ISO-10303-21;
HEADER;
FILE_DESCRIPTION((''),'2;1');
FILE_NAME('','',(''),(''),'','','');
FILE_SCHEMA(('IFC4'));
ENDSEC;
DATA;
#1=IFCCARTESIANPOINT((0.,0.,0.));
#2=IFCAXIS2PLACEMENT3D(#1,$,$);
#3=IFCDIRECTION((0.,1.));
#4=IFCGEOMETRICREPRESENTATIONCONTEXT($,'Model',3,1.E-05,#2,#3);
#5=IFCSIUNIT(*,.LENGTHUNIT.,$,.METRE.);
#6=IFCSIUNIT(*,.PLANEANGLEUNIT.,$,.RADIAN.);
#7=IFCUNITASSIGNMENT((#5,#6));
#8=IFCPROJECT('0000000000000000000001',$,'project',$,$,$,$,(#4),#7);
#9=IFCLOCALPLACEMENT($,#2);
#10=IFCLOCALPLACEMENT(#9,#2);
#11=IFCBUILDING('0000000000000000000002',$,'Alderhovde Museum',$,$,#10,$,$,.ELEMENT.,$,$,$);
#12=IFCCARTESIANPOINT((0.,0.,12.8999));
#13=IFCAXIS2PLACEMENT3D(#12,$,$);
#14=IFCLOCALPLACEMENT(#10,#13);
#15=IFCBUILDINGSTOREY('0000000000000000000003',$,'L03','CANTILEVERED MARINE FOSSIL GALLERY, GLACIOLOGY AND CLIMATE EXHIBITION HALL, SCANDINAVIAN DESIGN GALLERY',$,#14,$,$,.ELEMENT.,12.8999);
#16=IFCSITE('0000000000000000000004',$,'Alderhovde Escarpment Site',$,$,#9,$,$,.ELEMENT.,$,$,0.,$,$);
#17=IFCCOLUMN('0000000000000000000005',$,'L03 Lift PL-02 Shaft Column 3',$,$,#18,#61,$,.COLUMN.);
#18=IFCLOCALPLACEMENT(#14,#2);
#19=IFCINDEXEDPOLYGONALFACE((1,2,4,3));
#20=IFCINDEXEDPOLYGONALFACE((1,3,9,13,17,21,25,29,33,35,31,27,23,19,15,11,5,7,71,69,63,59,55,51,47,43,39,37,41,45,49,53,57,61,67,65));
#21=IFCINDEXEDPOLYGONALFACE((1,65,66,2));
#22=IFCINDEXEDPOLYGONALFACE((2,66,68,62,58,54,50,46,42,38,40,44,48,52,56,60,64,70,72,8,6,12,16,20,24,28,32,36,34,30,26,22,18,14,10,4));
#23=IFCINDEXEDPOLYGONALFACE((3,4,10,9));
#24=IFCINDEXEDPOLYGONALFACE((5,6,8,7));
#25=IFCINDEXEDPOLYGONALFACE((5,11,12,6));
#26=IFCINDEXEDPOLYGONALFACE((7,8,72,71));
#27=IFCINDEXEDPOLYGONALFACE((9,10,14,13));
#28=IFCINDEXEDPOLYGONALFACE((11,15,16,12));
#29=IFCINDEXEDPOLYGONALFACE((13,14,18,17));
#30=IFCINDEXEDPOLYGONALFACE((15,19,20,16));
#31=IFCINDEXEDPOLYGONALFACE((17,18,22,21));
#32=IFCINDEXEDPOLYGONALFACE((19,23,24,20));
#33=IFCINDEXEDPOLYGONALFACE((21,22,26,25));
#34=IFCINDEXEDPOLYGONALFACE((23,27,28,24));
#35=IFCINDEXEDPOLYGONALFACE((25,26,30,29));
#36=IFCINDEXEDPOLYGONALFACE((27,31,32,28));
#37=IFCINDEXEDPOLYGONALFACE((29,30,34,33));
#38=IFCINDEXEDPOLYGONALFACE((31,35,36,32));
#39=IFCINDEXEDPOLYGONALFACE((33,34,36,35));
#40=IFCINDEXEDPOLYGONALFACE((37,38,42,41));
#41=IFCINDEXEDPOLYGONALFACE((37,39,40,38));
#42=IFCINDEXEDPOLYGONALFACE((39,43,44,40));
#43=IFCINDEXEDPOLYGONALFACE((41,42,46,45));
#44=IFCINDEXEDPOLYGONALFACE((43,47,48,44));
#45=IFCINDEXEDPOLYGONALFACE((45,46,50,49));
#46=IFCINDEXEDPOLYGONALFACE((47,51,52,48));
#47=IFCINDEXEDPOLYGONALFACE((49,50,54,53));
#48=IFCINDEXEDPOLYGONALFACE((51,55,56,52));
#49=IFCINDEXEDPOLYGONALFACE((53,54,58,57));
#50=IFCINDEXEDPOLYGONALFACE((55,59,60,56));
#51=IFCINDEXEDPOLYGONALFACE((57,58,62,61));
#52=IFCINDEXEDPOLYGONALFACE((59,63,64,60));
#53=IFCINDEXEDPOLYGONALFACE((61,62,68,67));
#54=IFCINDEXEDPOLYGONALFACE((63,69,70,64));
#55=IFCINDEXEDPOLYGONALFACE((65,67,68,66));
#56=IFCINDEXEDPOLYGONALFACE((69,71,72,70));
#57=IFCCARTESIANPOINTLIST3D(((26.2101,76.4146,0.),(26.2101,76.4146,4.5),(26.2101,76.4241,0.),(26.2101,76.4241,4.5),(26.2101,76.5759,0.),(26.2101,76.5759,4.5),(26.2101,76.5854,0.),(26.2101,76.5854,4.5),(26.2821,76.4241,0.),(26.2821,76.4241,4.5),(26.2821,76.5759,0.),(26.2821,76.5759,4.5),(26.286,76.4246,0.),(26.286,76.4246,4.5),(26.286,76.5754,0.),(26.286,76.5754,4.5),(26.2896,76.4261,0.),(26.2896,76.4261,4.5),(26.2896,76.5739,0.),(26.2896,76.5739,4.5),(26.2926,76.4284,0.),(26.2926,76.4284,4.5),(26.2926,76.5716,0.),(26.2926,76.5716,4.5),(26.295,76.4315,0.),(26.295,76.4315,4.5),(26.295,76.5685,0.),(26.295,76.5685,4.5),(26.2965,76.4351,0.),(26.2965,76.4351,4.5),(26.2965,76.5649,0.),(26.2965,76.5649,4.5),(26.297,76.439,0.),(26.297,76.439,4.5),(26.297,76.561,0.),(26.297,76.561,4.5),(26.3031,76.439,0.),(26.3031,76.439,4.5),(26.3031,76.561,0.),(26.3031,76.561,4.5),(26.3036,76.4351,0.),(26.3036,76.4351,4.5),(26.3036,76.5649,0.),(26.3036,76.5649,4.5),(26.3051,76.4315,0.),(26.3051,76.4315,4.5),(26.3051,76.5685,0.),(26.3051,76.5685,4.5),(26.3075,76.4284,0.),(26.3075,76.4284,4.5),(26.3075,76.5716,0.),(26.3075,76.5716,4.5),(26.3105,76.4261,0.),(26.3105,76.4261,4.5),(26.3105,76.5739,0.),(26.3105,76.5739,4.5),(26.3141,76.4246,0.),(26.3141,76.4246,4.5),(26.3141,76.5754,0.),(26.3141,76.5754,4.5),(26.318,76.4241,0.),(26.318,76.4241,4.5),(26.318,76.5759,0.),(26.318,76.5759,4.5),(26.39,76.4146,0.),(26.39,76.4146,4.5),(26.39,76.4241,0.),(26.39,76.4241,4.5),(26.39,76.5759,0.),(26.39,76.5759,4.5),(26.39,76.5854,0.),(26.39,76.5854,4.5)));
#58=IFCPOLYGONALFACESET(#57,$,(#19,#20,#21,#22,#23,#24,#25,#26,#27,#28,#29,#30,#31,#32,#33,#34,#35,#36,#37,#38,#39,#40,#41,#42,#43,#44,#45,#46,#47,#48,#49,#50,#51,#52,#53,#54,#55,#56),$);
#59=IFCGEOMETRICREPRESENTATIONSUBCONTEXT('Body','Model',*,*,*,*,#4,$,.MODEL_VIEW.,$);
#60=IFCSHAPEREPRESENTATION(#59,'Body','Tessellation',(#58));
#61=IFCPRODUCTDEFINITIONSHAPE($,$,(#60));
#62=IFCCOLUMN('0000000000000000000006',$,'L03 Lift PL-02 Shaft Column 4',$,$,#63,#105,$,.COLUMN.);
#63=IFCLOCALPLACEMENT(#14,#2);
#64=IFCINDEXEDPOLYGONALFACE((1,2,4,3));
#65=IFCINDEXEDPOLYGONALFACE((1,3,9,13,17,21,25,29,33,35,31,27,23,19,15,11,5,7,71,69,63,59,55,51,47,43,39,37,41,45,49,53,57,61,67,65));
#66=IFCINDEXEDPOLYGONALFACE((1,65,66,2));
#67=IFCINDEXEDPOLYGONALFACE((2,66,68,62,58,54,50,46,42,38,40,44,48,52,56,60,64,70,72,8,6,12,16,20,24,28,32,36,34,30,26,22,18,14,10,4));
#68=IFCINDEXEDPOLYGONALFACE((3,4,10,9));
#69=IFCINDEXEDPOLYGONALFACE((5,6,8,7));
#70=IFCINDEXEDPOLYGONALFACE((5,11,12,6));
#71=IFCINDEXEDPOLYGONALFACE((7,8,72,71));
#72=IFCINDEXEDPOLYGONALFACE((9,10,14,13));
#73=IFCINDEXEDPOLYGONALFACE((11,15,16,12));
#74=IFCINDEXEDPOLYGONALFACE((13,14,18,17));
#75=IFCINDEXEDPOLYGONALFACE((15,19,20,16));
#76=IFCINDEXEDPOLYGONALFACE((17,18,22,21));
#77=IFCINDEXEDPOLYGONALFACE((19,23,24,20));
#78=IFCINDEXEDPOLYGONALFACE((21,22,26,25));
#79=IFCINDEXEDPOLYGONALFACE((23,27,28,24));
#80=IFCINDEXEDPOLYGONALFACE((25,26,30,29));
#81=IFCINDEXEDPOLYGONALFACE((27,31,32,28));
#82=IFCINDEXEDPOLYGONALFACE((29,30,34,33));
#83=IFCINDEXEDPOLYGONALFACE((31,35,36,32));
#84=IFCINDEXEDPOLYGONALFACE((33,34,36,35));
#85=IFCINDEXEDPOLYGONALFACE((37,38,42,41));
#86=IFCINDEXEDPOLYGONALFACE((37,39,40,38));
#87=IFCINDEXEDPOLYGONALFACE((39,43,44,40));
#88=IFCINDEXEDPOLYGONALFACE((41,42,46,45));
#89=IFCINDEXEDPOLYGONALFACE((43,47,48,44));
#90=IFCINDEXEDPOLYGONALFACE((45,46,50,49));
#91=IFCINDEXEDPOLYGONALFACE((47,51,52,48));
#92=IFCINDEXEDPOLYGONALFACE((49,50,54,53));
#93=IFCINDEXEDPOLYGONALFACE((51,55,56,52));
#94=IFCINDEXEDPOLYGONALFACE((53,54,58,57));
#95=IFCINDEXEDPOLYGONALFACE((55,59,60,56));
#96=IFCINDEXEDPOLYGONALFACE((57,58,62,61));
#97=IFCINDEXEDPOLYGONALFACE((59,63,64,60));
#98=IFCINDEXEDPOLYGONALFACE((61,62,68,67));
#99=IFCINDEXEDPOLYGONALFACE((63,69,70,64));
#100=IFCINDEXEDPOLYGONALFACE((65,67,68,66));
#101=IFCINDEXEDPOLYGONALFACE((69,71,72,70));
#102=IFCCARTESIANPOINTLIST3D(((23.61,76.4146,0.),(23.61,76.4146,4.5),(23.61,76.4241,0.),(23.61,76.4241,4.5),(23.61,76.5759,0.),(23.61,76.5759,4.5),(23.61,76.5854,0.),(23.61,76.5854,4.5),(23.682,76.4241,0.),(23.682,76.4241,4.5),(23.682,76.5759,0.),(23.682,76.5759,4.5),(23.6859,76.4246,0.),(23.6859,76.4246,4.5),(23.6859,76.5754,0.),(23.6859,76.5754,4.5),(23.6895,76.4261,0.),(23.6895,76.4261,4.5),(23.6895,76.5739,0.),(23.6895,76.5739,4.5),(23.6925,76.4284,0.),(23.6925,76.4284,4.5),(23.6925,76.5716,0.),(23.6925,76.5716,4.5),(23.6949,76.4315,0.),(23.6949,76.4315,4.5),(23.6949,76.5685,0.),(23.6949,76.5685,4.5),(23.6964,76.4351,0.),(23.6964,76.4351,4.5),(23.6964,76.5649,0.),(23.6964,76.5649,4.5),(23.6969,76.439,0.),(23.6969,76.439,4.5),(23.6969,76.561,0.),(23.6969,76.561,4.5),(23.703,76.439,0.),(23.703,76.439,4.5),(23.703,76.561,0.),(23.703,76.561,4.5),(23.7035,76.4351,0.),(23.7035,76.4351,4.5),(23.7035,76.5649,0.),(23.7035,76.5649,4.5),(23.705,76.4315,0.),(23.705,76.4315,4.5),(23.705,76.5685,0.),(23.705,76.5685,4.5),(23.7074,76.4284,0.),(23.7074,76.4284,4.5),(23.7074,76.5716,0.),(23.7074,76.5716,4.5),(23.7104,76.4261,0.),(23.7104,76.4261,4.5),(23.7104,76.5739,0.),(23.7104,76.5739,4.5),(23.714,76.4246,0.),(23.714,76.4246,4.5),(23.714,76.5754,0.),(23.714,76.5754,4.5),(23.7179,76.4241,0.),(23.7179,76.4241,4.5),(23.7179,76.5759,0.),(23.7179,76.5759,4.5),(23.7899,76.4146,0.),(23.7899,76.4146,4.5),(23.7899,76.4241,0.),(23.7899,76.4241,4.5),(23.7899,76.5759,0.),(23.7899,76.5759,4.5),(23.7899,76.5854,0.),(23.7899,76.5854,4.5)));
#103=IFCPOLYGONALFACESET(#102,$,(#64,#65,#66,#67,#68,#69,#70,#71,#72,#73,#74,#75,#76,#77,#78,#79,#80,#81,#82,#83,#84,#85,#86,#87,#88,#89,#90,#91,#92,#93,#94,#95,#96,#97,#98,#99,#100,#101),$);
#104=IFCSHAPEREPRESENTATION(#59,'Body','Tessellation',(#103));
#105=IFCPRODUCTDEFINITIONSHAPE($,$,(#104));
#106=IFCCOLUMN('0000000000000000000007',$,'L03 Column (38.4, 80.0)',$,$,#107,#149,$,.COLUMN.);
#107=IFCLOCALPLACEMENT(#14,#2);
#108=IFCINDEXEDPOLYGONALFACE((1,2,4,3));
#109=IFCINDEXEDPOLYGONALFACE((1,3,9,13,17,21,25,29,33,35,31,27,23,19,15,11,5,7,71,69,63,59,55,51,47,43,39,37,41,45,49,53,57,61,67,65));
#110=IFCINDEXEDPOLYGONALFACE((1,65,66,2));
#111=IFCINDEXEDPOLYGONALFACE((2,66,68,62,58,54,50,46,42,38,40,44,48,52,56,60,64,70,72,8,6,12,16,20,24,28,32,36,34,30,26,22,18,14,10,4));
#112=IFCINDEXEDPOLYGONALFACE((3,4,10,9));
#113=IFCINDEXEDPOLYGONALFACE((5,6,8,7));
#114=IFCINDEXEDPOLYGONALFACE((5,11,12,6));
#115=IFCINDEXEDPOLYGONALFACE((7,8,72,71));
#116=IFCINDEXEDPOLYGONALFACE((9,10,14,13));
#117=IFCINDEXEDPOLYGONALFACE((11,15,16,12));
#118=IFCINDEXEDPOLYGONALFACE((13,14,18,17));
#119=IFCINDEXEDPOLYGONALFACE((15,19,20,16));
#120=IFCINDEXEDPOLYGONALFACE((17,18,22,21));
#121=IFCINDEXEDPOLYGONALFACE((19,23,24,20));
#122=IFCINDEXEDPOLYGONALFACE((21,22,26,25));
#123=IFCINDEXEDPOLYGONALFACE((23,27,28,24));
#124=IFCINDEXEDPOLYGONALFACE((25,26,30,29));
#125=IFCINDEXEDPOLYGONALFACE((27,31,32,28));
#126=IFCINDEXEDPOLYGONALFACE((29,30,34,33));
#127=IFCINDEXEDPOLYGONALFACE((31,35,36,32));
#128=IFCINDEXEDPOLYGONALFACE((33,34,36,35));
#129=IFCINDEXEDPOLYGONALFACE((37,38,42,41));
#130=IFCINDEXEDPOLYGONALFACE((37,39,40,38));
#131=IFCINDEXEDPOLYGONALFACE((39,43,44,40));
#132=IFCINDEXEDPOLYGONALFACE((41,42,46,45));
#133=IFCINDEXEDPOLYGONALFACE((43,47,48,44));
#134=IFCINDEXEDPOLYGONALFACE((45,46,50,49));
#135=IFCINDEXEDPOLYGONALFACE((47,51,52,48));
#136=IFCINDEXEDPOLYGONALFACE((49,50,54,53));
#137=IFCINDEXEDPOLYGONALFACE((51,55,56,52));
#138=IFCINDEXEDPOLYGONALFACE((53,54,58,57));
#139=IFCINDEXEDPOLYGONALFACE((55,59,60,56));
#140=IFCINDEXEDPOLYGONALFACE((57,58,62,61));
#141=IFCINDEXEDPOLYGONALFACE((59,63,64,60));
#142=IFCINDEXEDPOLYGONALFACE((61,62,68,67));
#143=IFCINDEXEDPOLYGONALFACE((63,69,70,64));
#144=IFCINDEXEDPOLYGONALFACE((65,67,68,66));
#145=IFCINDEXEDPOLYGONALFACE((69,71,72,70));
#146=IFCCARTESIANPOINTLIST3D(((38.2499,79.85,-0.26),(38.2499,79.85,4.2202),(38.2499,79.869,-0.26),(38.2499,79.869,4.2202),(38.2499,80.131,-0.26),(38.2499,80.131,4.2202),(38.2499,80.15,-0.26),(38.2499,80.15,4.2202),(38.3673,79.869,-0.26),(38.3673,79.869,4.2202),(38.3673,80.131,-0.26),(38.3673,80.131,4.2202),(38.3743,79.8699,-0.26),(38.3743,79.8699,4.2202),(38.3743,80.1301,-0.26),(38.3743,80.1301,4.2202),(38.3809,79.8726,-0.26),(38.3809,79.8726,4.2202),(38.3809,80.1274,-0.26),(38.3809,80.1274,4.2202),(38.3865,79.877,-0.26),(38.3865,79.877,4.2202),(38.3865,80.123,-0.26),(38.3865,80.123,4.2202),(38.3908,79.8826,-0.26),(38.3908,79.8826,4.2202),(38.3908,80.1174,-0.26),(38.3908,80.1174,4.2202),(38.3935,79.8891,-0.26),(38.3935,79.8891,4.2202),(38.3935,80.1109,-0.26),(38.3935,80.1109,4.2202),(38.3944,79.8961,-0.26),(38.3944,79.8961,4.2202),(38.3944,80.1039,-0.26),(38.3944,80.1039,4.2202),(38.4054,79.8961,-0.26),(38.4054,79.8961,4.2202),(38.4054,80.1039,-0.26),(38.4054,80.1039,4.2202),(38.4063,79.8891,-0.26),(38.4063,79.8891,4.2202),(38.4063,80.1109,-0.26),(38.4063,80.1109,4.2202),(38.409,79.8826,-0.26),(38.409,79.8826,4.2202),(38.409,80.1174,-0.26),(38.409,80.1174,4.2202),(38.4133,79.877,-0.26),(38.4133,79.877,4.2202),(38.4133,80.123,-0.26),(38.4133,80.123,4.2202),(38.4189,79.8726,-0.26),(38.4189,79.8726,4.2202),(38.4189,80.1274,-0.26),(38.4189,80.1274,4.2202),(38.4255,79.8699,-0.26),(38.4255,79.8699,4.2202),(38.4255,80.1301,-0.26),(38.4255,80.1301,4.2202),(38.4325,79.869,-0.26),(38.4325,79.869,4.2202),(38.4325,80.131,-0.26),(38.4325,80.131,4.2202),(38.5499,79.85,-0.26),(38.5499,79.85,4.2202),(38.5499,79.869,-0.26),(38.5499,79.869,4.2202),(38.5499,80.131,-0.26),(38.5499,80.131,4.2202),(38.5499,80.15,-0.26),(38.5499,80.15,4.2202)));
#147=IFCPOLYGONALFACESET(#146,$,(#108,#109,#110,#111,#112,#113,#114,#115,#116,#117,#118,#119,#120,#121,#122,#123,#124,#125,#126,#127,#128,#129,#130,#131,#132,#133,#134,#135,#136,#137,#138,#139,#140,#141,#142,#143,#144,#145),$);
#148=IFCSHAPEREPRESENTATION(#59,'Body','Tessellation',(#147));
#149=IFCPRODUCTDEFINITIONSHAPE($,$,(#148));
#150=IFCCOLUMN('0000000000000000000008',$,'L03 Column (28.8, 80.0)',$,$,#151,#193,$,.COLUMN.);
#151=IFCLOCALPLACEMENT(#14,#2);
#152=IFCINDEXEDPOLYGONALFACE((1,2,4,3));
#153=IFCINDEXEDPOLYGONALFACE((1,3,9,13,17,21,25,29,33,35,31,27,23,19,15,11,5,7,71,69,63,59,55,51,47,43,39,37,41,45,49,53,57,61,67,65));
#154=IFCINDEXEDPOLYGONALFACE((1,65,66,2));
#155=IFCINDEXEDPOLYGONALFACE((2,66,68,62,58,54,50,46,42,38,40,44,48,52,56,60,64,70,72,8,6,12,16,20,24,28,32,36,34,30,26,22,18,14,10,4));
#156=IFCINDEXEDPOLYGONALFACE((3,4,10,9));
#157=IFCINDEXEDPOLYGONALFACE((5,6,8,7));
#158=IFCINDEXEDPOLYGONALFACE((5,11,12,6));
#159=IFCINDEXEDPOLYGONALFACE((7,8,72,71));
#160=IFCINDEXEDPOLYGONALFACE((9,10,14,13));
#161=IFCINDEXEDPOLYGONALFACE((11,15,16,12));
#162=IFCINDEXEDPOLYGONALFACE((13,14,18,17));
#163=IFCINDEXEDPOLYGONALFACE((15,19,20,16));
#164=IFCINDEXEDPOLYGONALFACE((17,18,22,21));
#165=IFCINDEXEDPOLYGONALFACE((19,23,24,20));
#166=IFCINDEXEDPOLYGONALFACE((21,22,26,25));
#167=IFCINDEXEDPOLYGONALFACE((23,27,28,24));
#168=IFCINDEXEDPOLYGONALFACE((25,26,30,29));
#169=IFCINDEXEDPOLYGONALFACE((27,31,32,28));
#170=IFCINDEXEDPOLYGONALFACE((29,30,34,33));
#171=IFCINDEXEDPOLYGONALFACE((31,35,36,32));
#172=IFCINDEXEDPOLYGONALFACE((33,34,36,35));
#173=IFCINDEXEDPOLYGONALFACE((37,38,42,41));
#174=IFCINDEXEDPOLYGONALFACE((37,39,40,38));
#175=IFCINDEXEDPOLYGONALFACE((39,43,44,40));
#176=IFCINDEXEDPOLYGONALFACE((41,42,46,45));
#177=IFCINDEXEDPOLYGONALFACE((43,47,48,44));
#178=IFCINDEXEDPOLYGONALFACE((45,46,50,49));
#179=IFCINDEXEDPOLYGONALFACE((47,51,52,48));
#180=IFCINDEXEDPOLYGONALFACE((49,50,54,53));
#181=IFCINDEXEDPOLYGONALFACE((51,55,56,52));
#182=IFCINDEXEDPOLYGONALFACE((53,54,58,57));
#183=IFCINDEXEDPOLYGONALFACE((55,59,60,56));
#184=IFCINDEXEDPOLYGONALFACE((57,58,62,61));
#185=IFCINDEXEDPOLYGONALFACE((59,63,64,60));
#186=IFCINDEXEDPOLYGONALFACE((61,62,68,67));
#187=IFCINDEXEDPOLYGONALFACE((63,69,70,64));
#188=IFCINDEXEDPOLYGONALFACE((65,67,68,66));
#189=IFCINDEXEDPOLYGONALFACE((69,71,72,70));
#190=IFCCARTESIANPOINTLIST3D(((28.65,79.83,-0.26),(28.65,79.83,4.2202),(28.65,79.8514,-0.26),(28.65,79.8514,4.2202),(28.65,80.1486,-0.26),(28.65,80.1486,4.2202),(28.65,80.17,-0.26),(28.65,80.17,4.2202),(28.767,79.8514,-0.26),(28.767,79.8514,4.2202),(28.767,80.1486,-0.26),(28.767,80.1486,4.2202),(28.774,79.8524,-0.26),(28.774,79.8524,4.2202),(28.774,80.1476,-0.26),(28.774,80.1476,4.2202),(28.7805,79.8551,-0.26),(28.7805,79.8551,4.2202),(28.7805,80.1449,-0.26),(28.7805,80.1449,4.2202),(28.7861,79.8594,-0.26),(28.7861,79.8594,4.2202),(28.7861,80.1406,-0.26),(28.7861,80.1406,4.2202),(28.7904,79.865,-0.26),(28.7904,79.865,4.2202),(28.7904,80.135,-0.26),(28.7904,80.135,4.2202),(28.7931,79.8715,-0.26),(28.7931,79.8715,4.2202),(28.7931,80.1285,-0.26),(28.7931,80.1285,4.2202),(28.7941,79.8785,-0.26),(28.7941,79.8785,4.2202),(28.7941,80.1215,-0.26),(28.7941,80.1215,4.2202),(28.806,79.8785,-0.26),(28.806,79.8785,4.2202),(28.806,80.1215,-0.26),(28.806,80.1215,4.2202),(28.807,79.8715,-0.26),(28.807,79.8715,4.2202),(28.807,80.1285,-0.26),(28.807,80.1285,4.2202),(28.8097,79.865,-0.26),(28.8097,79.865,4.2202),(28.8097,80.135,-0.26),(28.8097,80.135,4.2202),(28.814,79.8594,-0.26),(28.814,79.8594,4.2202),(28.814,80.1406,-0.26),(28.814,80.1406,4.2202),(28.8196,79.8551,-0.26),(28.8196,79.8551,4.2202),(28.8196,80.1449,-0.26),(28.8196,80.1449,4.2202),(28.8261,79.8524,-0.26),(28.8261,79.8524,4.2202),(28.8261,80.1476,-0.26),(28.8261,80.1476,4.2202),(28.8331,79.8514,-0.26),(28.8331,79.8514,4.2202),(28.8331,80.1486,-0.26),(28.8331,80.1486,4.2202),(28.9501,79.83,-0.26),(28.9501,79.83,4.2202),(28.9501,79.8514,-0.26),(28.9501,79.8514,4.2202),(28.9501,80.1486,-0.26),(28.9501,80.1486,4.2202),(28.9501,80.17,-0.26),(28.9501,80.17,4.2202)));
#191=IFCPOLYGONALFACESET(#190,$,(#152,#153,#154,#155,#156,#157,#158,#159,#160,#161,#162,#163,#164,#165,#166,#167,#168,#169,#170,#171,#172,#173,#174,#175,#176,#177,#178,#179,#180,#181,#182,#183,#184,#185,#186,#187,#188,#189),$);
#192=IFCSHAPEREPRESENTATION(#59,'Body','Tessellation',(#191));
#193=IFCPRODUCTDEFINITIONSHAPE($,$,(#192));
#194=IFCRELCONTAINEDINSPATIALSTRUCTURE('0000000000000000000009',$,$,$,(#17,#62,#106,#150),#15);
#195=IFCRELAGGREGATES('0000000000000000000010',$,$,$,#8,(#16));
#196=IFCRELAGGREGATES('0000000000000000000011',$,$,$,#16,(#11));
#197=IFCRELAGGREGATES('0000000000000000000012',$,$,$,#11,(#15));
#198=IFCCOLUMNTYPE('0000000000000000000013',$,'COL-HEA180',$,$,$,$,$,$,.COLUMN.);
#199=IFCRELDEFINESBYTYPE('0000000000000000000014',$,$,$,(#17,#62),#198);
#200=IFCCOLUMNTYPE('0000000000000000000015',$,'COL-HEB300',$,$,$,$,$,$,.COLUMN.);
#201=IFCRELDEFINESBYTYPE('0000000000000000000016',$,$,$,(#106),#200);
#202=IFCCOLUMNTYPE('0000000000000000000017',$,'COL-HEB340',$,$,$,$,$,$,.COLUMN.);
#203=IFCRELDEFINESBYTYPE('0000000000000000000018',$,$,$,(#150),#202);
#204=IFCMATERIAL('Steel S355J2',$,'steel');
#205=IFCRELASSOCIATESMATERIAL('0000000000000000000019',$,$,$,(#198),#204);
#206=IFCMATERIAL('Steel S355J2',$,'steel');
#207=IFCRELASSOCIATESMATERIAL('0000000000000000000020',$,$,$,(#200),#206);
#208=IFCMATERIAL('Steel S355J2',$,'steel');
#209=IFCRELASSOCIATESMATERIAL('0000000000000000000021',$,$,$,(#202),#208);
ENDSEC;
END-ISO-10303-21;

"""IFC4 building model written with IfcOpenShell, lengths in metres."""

from ifc_helpers import new_model, si_unit, direction, frame, origin, origin_2d, place, context, subcontext, project, spatial, i_section, extrude, material, material_profile, profile_set, type_object, element, save


model = new_model("IFC4")

# Units and contexts
model_context = context("Model", 3, precision=1e-05, world=origin(), true_north=direction((0.0, 1.0)))
body_context = subcontext(model_context, "Body", "Model", "MODEL_VIEW")
ifc_project = project(units=[si_unit("LENGTHUNIT", "METRE"), si_unit("PLANEANGLEUNIT", "RADIAN")], contexts=[model_context])

# Site, building, storey
site_placement = place(None, origin())
site = spatial("IfcSite", under=ifc_project, at=site_placement, Name="Alderhovde Escarpment Site", CompositionType="ELEMENT", RefElevation=0.0)
building_placement = place(site_placement, origin())
building = spatial("IfcBuilding", under=site, at=building_placement, Name="Alderhovde Museum", CompositionType="ELEMENT")
storey_placement = place(building_placement, frame((0.0, 0.0, 12.8999)))
storey = spatial("IfcBuildingStorey", under=building, at=storey_placement, Name="L03", Description="CANTILEVERED MARINE FOSSIL GALLERY, GLACIOLOGY AND CLIMATE EXHIBITION HALL, SCANDINAVIAN DESIGN GALLERY", CompositionType="ELEMENT", Elevation=12.8999)

# Columns
ifc_material_1 = material(Name="Steel S355J2", Category="steel")
ifc_material_profile_1 = material_profile(ifc_material_1, i_section(OverallWidth=0.1799, OverallDepth=0.1709, WebThickness=0.0061, FlangeThickness=0.0095, FilletRadius=0.0149, at=origin_2d()), Name="HEA 180")
ifc_profile_set_1 = profile_set([ifc_material_profile_1], Name="Steel S355J2")
column_type_1 = type_object("IfcColumnType", Name="COL-HEA180", PredefinedType="COLUMN", material=ifc_profile_set_1)
for number, where, z_axis, x_axis, name in (
    (1, (26.3, 76.5, 0.0), (0.0, 0.0, 1.0), (1.0, 0.0, 0.0), "L03 Lift PL-02 Shaft Column 3"),
    (2, (23.7, 76.5, 0.0), (0.0, 0.0, 1.0), (1.0, 0.0, 0.0), "L03 Lift PL-02 Shaft Column 4"),
):
    element("IfcColumn", number, at=place(storey_placement, frame(where, z_axis=z_axis, x_axis=x_axis)), inside=storey, type_object=column_type_1, Name=name, PredefinedType="COLUMN", context=body_context, shape_type="SweptSolid", body=[
        extrude(i_section(OverallWidth=0.1799, OverallDepth=0.1709, WebThickness=0.0061, FlangeThickness=0.0095, FilletRadius=0.0149, at=origin_2d()), origin(), (0.0, 0.0, 1.0), 4.5),
    ])
ifc_material_2 = material(Name="Steel S355J2", Category="steel")
ifc_material_profile_2 = material_profile(ifc_material_2, i_section(OverallWidth=0.3, OverallDepth=0.3, WebThickness=0.011, FlangeThickness=0.019, FilletRadius=0.0271, at=origin_2d()), Name="HEB 300")
ifc_profile_set_2 = profile_set([ifc_material_profile_2], Name="Steel S355J2")
column_type_2 = type_object("IfcColumnType", Name="COL-HEB300", PredefinedType="COLUMN", material=ifc_profile_set_2)
column_1_placement = place(storey_placement, frame((38.3999, 80.0, -0.26), z_axis=(0.0, 0.0, 1.0), x_axis=(1.0, 0.0, 0.0)))
element("IfcColumn", 3, at=column_1_placement, inside=storey, type_object=column_type_2, Name="L03 Column (38.4, 80.0)", PredefinedType="COLUMN", context=body_context, shape_type="SweptSolid", body=[
    extrude(i_section(OverallWidth=0.3, OverallDepth=0.3, WebThickness=0.011, FlangeThickness=0.019, FilletRadius=0.0271, at=origin_2d()), origin(), (0.0, 0.0, 1.0), 4.4802),
])
ifc_material_3 = material(Name="Steel S355J2", Category="steel")
ifc_material_profile_3 = material_profile(ifc_material_3, i_section(OverallWidth=0.3, OverallDepth=0.3401, WebThickness=0.012, FlangeThickness=0.0215, FilletRadius=0.0271, at=origin_2d()), Name="HEB 340")
ifc_profile_set_3 = profile_set([ifc_material_profile_3], Name="Steel S355J2")
column_type_3 = type_object("IfcColumnType", Name="COL-HEB340", PredefinedType="COLUMN", material=ifc_profile_set_3)
column_2_placement = place(storey_placement, frame((28.8, 80.0, -0.26), z_axis=(0.0, 0.0, 1.0), x_axis=(1.0, 0.0, 0.0)))
element("IfcColumn", 4, at=column_2_placement, inside=storey, type_object=column_type_3, Name="L03 Column (28.8, 80.0)", PredefinedType="COLUMN", context=body_context, shape_type="SweptSolid", body=[
    extrude(i_section(OverallWidth=0.3, OverallDepth=0.3401, WebThickness=0.012, FlangeThickness=0.0215, FilletRadius=0.0271, at=origin_2d()), origin(), (0.0, 0.0, 1.0), 4.4802),
])

save(model, "model.ifc")
